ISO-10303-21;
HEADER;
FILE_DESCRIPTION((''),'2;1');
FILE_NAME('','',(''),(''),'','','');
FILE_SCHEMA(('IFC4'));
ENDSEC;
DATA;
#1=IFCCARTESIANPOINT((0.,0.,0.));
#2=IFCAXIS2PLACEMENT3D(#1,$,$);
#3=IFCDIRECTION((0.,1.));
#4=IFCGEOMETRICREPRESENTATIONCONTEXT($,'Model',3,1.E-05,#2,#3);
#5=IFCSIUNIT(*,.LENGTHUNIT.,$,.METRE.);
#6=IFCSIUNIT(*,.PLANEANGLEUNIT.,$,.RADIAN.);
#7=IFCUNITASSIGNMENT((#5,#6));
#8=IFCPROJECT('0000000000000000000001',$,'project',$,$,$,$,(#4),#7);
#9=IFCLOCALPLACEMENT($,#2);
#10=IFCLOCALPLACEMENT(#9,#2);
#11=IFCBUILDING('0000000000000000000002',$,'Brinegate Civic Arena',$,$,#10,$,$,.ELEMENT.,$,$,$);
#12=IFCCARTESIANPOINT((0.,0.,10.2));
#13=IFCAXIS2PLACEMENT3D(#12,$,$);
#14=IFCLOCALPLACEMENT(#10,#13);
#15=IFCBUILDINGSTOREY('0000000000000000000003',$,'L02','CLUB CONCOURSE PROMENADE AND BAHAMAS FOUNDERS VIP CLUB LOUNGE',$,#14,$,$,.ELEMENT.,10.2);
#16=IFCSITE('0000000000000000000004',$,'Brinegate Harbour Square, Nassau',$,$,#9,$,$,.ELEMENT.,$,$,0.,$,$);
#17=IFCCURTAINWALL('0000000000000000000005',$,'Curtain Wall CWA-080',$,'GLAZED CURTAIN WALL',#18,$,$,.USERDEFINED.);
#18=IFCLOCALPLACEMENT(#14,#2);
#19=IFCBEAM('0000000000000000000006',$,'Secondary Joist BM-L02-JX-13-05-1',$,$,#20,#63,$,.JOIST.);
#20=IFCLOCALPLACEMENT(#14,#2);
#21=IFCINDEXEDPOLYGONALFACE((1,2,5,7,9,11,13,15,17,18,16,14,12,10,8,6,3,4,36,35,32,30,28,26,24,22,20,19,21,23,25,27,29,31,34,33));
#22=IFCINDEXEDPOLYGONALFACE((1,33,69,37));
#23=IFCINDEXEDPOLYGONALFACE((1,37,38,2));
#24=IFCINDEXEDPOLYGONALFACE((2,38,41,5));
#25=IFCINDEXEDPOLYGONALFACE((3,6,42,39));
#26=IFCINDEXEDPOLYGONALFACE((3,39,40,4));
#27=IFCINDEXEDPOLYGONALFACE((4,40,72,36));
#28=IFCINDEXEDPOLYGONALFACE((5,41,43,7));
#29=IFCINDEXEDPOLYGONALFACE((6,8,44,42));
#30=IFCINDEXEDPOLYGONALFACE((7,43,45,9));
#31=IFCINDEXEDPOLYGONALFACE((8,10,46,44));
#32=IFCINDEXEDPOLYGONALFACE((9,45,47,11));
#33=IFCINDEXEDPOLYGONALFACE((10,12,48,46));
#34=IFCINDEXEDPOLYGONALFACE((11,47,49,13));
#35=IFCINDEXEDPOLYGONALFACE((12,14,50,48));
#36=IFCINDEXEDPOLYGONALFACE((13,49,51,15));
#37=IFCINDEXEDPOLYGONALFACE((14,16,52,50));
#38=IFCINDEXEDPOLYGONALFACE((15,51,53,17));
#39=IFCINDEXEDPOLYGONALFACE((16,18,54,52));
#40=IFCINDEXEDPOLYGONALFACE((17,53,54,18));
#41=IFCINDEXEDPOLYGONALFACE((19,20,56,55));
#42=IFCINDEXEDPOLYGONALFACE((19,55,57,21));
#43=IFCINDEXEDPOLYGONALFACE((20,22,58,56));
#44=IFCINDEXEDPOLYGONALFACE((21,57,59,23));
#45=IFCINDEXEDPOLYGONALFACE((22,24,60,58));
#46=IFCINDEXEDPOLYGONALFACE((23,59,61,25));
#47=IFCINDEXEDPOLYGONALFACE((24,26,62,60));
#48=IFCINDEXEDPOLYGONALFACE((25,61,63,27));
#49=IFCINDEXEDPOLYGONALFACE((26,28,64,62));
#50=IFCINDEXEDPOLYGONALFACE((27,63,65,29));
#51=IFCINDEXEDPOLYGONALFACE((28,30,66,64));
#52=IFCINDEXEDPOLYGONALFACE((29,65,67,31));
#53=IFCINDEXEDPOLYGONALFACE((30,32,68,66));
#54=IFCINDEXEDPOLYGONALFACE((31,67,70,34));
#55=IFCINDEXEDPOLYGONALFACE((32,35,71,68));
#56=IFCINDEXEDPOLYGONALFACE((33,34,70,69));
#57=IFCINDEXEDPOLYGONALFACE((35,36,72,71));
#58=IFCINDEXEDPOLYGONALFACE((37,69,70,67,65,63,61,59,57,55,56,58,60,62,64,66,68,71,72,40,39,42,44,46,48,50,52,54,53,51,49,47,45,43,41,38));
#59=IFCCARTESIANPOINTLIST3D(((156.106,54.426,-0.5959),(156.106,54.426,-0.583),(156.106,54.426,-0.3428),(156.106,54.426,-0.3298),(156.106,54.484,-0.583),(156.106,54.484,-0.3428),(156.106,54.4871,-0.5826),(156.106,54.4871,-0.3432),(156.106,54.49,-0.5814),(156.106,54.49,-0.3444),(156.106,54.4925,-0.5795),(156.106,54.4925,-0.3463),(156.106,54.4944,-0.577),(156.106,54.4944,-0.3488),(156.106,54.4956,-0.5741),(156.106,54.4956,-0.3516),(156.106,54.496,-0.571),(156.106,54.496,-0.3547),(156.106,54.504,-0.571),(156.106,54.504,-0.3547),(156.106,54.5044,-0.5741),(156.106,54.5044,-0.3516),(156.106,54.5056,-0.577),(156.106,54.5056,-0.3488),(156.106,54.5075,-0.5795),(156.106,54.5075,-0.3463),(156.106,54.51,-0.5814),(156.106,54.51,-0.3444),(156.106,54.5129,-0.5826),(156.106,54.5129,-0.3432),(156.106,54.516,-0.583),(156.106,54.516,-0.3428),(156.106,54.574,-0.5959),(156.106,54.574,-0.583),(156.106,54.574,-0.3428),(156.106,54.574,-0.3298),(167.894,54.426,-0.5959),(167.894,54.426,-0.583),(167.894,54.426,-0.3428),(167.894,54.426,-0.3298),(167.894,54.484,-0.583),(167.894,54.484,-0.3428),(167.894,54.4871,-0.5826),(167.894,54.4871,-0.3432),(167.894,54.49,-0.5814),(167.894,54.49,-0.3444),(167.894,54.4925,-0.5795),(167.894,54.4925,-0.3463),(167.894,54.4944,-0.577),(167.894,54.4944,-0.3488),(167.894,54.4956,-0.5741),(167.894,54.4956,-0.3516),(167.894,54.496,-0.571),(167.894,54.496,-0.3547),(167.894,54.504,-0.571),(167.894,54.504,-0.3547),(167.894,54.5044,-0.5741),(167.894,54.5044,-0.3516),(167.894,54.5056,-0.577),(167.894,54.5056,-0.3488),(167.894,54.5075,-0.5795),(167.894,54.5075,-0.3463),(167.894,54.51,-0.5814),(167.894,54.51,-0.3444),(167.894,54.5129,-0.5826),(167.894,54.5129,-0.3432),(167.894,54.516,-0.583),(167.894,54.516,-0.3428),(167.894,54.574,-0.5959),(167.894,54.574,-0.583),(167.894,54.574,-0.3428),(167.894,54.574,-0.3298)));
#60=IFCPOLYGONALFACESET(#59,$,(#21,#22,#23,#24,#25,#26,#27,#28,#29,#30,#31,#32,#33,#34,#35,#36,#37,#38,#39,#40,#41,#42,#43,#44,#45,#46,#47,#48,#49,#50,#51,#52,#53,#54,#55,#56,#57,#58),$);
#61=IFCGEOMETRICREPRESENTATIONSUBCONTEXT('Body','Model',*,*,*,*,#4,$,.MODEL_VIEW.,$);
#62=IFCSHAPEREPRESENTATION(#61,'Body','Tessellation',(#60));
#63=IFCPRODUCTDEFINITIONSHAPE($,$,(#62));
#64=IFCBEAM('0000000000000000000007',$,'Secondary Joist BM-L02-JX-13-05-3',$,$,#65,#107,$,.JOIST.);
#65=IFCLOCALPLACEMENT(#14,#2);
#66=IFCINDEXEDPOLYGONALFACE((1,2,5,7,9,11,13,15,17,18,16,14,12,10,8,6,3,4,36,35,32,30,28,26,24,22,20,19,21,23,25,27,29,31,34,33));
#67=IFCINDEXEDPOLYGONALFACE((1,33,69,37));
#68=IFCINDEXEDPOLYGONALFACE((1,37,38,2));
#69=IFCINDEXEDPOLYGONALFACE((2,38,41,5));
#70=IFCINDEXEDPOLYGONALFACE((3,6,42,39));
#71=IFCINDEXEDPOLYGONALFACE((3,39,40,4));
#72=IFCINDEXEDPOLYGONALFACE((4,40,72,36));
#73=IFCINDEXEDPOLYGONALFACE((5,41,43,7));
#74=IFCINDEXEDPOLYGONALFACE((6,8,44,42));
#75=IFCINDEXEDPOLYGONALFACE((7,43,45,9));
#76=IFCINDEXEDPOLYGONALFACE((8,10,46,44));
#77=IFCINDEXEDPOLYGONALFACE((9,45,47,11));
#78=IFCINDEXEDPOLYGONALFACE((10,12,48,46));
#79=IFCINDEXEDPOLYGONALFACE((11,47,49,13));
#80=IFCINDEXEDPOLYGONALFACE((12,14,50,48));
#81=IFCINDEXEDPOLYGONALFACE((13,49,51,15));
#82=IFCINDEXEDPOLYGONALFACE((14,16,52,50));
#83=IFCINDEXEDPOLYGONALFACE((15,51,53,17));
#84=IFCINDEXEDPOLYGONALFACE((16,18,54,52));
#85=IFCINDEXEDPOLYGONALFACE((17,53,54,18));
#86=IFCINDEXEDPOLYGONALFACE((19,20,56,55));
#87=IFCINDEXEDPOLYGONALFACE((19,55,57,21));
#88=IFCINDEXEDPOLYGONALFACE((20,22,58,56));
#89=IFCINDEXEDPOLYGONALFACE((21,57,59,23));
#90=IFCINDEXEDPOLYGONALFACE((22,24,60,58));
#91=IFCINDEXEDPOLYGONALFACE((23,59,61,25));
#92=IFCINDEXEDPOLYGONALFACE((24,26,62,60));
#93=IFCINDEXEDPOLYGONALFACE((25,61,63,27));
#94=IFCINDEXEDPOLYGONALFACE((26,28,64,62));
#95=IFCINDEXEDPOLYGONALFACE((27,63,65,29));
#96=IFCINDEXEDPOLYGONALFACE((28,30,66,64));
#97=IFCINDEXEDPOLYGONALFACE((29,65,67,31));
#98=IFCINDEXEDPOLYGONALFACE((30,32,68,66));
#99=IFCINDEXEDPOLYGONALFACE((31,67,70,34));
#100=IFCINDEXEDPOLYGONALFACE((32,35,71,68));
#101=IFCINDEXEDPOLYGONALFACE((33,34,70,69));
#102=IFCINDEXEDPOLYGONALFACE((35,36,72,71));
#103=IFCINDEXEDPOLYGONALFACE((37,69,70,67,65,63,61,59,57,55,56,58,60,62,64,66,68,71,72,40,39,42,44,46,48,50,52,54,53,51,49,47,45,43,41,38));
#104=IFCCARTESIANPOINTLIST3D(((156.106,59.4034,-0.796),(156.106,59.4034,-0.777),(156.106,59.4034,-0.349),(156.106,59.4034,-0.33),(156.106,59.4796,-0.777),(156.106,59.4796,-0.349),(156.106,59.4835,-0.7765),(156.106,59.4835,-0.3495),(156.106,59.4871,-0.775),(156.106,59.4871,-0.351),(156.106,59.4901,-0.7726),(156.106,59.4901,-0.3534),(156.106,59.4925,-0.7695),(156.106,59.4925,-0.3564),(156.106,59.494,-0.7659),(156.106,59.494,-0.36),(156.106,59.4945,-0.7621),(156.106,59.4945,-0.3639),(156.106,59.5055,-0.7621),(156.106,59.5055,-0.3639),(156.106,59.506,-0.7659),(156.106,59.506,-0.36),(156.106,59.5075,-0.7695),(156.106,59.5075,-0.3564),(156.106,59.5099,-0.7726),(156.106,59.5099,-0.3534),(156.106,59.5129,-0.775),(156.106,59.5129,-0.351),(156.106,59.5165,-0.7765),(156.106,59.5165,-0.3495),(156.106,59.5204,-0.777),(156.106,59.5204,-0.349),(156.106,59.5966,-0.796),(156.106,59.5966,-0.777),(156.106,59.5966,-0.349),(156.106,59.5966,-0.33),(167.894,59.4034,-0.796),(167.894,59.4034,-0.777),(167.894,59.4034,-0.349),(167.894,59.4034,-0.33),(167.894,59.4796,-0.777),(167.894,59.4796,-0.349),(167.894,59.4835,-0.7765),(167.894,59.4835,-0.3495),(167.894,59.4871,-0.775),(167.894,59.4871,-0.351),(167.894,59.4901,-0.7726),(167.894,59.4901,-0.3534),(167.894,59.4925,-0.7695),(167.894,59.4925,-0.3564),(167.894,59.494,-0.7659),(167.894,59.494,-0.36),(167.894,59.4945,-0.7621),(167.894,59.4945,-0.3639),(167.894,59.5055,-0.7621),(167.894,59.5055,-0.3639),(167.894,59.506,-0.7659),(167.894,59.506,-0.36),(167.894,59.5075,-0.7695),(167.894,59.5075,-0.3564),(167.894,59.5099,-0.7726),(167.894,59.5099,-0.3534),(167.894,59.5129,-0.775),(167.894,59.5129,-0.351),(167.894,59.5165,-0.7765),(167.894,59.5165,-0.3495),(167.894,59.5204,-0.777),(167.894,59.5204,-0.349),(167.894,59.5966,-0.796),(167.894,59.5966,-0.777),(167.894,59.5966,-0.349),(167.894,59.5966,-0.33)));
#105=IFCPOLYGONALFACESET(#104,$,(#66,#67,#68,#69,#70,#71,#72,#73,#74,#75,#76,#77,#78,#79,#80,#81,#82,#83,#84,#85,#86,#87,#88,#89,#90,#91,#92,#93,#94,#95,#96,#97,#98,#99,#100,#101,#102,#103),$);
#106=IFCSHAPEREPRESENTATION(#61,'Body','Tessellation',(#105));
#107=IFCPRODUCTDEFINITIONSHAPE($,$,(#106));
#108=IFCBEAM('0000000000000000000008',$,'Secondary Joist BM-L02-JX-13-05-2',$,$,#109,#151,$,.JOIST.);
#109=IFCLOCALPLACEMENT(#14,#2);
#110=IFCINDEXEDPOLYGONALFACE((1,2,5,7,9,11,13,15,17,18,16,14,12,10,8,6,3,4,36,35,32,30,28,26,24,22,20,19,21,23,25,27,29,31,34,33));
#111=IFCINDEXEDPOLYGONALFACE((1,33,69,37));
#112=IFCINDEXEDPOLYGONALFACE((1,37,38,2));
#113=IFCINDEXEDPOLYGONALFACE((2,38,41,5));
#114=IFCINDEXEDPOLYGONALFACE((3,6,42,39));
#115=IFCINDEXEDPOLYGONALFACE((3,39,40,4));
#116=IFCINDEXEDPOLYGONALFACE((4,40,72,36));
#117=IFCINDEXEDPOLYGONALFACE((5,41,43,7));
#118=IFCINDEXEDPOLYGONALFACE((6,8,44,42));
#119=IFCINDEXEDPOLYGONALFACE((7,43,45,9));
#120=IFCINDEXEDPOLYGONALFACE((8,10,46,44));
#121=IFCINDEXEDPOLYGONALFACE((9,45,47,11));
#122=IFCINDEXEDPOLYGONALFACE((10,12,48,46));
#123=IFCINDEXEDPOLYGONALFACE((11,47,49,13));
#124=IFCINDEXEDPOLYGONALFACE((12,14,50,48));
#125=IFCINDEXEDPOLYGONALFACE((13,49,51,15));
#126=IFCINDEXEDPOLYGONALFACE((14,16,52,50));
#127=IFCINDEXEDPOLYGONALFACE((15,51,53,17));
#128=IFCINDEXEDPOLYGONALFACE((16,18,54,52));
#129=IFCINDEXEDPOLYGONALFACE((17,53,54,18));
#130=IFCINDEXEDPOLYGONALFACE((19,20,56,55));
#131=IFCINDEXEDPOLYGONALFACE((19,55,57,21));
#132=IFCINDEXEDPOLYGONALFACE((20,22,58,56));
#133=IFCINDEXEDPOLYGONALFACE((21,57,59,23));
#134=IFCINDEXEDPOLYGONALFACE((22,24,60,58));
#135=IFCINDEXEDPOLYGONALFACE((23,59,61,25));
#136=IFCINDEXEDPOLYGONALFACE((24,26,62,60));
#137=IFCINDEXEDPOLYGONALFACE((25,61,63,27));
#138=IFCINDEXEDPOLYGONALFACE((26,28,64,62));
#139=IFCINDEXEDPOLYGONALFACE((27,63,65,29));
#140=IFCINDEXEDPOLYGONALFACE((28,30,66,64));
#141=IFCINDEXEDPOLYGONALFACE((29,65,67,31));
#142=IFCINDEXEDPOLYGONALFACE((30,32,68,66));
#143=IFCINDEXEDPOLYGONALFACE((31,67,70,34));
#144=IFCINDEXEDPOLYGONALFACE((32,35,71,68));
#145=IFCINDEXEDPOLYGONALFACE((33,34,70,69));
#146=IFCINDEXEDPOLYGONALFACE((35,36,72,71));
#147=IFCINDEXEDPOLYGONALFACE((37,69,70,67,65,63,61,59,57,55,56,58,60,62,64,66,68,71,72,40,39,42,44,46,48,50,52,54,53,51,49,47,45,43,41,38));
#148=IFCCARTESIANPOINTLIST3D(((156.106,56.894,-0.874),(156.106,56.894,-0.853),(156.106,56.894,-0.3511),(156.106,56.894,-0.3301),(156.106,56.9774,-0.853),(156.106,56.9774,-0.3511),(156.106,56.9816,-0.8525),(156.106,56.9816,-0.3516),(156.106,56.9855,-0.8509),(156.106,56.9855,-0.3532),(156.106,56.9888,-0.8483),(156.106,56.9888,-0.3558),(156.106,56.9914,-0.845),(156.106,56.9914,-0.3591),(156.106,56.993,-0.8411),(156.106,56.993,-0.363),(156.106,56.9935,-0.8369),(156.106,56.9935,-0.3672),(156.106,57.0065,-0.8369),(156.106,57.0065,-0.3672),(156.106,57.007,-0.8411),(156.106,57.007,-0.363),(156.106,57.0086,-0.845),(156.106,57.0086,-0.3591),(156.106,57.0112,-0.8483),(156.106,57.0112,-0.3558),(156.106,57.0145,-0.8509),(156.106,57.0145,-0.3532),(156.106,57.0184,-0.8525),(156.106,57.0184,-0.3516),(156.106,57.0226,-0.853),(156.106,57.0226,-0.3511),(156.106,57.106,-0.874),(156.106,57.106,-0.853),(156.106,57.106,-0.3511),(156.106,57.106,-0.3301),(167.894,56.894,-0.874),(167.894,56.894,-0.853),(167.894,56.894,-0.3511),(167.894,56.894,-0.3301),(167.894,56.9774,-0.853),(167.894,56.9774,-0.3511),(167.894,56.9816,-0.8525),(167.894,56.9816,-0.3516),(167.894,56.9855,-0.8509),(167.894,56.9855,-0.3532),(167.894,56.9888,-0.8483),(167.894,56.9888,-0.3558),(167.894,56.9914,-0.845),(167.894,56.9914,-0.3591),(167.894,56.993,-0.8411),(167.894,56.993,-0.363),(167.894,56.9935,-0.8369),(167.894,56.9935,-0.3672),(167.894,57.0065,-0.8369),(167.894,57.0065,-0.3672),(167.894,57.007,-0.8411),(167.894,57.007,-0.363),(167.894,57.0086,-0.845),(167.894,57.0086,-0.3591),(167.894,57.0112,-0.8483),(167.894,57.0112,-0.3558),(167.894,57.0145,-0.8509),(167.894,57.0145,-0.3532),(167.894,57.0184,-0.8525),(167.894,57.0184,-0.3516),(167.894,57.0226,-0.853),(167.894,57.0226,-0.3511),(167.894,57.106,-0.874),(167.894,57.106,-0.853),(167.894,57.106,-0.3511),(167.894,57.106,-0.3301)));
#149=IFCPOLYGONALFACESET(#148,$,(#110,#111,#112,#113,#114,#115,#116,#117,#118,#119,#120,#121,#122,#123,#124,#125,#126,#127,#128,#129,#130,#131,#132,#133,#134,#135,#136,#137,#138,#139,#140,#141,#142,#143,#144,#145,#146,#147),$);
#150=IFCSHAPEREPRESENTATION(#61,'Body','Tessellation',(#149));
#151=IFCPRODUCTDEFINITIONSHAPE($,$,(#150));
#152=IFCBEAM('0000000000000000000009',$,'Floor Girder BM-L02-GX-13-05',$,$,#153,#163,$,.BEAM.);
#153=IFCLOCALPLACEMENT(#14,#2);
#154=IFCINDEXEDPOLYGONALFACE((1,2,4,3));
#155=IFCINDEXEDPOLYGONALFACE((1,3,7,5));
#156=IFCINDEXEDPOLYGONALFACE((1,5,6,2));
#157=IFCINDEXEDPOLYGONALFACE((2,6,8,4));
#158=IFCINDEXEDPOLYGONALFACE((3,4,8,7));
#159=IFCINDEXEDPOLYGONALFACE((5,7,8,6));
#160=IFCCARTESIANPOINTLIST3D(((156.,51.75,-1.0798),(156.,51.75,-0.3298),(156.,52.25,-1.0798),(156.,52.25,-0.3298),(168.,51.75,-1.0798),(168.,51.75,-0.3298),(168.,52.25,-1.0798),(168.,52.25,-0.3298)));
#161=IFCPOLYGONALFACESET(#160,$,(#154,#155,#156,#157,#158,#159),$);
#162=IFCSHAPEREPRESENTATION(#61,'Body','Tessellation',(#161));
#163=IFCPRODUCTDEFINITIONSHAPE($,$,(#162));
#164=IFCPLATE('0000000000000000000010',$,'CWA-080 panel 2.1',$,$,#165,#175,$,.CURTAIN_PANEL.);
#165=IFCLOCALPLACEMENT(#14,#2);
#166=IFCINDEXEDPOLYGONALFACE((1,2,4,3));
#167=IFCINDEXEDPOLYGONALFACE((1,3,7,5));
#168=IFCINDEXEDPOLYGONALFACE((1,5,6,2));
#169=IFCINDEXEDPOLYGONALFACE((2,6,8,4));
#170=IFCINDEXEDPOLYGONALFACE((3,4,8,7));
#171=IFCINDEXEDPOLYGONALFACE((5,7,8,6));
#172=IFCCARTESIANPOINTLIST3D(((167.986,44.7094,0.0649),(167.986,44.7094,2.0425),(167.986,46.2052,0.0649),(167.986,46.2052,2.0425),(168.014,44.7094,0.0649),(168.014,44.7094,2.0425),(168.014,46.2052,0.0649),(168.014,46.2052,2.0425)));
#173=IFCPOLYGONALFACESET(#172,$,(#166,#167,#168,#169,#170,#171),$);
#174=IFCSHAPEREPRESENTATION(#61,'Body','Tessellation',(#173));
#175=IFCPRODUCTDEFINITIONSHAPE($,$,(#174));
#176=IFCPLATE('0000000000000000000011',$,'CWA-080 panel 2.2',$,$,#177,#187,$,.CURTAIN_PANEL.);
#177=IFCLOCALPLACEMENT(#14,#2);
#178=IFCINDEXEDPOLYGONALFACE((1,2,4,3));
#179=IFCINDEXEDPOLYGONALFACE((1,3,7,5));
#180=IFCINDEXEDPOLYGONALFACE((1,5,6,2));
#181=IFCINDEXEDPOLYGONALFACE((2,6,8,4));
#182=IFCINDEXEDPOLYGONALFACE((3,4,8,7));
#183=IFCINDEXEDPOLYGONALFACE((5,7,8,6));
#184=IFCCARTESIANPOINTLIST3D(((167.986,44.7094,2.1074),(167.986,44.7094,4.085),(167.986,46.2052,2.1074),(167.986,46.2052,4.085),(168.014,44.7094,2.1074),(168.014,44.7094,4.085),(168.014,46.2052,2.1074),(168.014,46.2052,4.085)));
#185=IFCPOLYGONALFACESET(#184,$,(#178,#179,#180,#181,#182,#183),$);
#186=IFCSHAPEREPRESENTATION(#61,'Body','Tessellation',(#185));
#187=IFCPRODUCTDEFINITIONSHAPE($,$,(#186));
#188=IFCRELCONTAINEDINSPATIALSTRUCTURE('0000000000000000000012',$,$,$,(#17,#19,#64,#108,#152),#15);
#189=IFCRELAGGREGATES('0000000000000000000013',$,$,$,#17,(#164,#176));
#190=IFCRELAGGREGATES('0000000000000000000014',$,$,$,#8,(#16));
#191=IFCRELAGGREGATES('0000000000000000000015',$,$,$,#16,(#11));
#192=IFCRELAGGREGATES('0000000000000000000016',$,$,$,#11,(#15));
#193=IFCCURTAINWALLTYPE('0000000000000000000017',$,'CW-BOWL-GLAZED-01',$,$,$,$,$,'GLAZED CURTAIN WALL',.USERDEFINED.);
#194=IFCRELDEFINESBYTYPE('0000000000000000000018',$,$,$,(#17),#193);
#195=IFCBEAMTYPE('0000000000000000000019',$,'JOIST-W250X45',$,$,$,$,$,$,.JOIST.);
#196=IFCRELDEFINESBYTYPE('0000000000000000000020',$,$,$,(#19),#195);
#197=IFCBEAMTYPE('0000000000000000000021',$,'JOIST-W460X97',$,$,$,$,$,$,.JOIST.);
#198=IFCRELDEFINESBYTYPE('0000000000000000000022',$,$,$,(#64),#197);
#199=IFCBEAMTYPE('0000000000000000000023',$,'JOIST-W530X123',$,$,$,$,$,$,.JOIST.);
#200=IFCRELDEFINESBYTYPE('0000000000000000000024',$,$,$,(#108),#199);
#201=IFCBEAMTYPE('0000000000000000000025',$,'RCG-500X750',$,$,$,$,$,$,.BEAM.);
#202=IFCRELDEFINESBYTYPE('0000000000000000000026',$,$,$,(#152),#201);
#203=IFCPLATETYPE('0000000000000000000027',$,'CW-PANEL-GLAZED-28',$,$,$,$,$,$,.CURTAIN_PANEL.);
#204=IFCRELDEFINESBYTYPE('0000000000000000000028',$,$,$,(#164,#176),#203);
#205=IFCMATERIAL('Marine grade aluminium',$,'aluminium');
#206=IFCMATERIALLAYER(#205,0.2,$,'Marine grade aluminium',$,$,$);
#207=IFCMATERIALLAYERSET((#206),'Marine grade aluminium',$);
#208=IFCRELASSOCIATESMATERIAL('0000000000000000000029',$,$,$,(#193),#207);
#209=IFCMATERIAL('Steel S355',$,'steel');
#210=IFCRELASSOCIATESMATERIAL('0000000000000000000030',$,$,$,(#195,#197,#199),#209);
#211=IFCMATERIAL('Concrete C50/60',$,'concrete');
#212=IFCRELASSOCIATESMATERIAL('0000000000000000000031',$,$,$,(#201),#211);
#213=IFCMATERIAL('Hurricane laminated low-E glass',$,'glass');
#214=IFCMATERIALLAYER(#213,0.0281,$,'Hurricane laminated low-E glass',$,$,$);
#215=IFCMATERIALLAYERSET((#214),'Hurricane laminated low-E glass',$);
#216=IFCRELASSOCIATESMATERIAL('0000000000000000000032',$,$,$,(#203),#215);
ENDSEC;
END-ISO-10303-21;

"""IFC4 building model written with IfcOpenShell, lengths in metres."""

from ifc_helpers import new_model, si_unit, direction, frame, origin, origin_2d, place, context, subcontext, project, spatial, rectangle, i_section, extrude, material, layer, layer_set, material_profile, profile_set, type_object, element, aggregate, save


model = new_model("IFC4")

# Units and contexts
model_context = context("Model", 3, precision=1e-05, world=origin(), true_north=direction((0.0, 1.0)))
body_context = subcontext(model_context, "Body", "Model", "MODEL_VIEW")
ifc_project = project(units=[si_unit("LENGTHUNIT", "METRE"), si_unit("PLANEANGLEUNIT", "RADIAN")], contexts=[model_context])

# Site, building, storey
site_placement = place(None, origin())
site = spatial("IfcSite", under=ifc_project, at=site_placement, Name="Brinegate Harbour Square, Nassau", CompositionType="ELEMENT", RefElevation=0.0)
building_placement = place(site_placement, origin())
building = spatial("IfcBuilding", under=site, at=building_placement, Name="Brinegate Civic Arena", CompositionType="ELEMENT")
storey_placement = place(building_placement, frame((0.0, 0.0, 10.2)))
storey = spatial("IfcBuildingStorey", under=building, at=storey_placement, Name="L02", Description="CLUB CONCOURSE PROMENADE AND BAHAMAS FOUNDERS VIP CLUB LOUNGE", CompositionType="ELEMENT", Elevation=10.2)

# Shared definitions
ifc_material_1 = material(Name="Concrete C50/60", Category="concrete")

# Curtain wall
ifc_material_2 = material(Name="Marine grade aluminium", Category="aluminium")
ifc_layer_1 = layer(ifc_material_2, 0.2, Name="Marine grade aluminium")
ifc_layer_set_1 = layer_set([ifc_layer_1], Name="Marine grade aluminium")
curtain_wall_type = type_object("IfcCurtainWallType", Name="CW-BOWL-GLAZED-01", ElementType="GLAZED CURTAIN WALL", PredefinedType="USERDEFINED", material=ifc_layer_set_1)
curtain_wall_placement = place(storey_placement, origin())
curtain_wall = element("IfcCurtainWall", 1, at=curtain_wall_placement, inside=storey, type_object=curtain_wall_type, Name="Curtain Wall CWA-080", ObjectType="GLAZED CURTAIN WALL", PredefinedType="USERDEFINED")

# Beams
ifc_material_3 = material(Name="Steel S355", Category="steel")
ifc_material_profile_1 = material_profile(ifc_material_3, i_section(OverallWidth=0.1479, OverallDepth=0.2661, WebThickness=0.0081, FlangeThickness=0.0129, FilletRadius=0.012, at=origin_2d()), Name="W250X45")
ifc_profile_set_1 = profile_set([ifc_material_profile_1], Name="Steel S355")
beam_type_1 = type_object("IfcBeamType", Name="JOIST-W250X45", PredefinedType="JOIST", material=ifc_profile_set_1)
beam_1_placement = place(storey_placement, frame((156.106, 54.5, -0.4629), z_axis=(1.0, 0.0, 0.0), x_axis=(0.0, 1.0, 0.0)))
element("IfcBeam", 2, at=beam_1_placement, inside=storey, type_object=beam_type_1, Name="Secondary Joist BM-L02-JX-13-05-1", PredefinedType="JOIST", context=body_context, shape_type="SweptSolid", body=[
    extrude(i_section(OverallWidth=0.1479, OverallDepth=0.2661, WebThickness=0.0081, FlangeThickness=0.0129, FilletRadius=0.012, at=origin_2d()), origin(), (0.0, 0.0, 1.0), 11.7881),
])
ifc_material_profile_2 = material_profile(ifc_material_3, i_section(OverallWidth=0.1931, OverallDepth=0.4661, WebThickness=0.011, FlangeThickness=0.019, FilletRadius=0.0149, at=origin_2d()), Name="W460X97")
ifc_profile_set_2 = profile_set([ifc_material_profile_2], Name="Steel S355")
beam_type_2 = type_object("IfcBeamType", Name="JOIST-W460X97", PredefinedType="JOIST", material=ifc_profile_set_2)
beam_2_placement = place(storey_placement, frame((156.106, 59.5, -0.563), z_axis=(1.0, 0.0, 0.0), x_axis=(0.0, 1.0, 0.0)))
element("IfcBeam", 3, at=beam_2_placement, inside=storey, type_object=beam_type_2, Name="Secondary Joist BM-L02-JX-13-05-3", PredefinedType="JOIST", context=body_context, shape_type="SweptSolid", body=[
    extrude(i_section(OverallWidth=0.1931, OverallDepth=0.4661, WebThickness=0.011, FlangeThickness=0.019, FilletRadius=0.0149, at=origin_2d()), origin(), (0.0, 0.0, 1.0), 11.7881),
])
ifc_material_profile_3 = material_profile(ifc_material_3, i_section(OverallWidth=0.2119, OverallDepth=0.5439, WebThickness=0.0129, FlangeThickness=0.021, FilletRadius=0.0161, at=origin_2d()), Name="W530X123")
ifc_profile_set_3 = profile_set([ifc_material_profile_3], Name="Steel S355")
beam_type_3 = type_object("IfcBeamType", Name="JOIST-W530X123", PredefinedType="JOIST", material=ifc_profile_set_3)
beam_3_placement = place(storey_placement, frame((156.106, 57.0, -0.6021), z_axis=(1.0, 0.0, 0.0), x_axis=(0.0, 1.0, 0.0)))
element("IfcBeam", 4, at=beam_3_placement, inside=storey, type_object=beam_type_3, Name="Secondary Joist BM-L02-JX-13-05-2", PredefinedType="JOIST", context=body_context, shape_type="SweptSolid", body=[
    extrude(i_section(OverallWidth=0.2119, OverallDepth=0.5439, WebThickness=0.0129, FlangeThickness=0.021, FilletRadius=0.0161, at=origin_2d()), origin(), (0.0, 0.0, 1.0), 11.7881),
])
ifc_material_profile_4 = material_profile(ifc_material_1, rectangle(XDim=0.5, YDim=0.75, at=origin_2d()), Name="RCB500X750")
ifc_profile_set_4 = profile_set([ifc_material_profile_4], Name="Concrete C50/60")
beam_type_4 = type_object("IfcBeamType", Name="RCG-500X750", PredefinedType="BEAM", material=ifc_profile_set_4)
beam_4_placement = place(storey_placement, frame((156.0, 52.0, -0.7048), z_axis=(1.0, 0.0, 0.0), x_axis=(0.0, 1.0, 0.0)))
element("IfcBeam", 5, at=beam_4_placement, inside=storey, type_object=beam_type_4, Name="Floor Girder BM-L02-GX-13-05", PredefinedType="BEAM", context=body_context, shape_type="SweptSolid", body=[
    extrude(rectangle(XDim=0.5, YDim=0.75, at=origin_2d()), origin(), (0.0, 0.0, 1.0), 12.0),
])

# Plates
ifc_material_4 = material(Name="Hurricane laminated low-E glass", Category="glass")
ifc_layer_2 = layer(ifc_material_4, 0.0281, Name="Hurricane laminated low-E glass")
ifc_layer_set_2 = layer_set([ifc_layer_2], Name="Hurricane laminated low-E glass")
plate_type = type_object("IfcPlateType", Name="CW-PANEL-GLAZED-28", PredefinedType="CURTAIN_PANEL", material=ifc_layer_set_2)
plate_1_placement = place(storey_placement, frame((168.0, 45.4573, 0.0649), z_axis=(0.0, 0.0, 1.0), x_axis=(0.0, 1.0, 0.0)))
plate_1 = element("IfcPlate", 6, at=plate_1_placement, type_object=plate_type, Name="CWA-080 panel 2.1", PredefinedType="CURTAIN_PANEL", context=body_context, shape_type="SweptSolid", body=[
    extrude(rectangle(XDim=1.4958, YDim=0.0281, at=origin_2d()), origin(), (0.0, 0.0, 1.0), 1.9775),
])
plate_2_placement = place(storey_placement, frame((168.0, 45.4573, 2.1074), z_axis=(0.0, 0.0, 1.0), x_axis=(0.0, 1.0, 0.0)))
plate_2 = element("IfcPlate", 7, at=plate_2_placement, type_object=plate_type, Name="CWA-080 panel 2.2", PredefinedType="CURTAIN_PANEL", context=body_context, shape_type="SweptSolid", body=[
    extrude(rectangle(XDim=1.4958, YDim=0.0281, at=origin_2d()), origin(), (0.0, 0.0, 1.0), 1.9775),
])
aggregate(curtain_wall, [plate_1, plate_2])

save(model, "model.ifc")
